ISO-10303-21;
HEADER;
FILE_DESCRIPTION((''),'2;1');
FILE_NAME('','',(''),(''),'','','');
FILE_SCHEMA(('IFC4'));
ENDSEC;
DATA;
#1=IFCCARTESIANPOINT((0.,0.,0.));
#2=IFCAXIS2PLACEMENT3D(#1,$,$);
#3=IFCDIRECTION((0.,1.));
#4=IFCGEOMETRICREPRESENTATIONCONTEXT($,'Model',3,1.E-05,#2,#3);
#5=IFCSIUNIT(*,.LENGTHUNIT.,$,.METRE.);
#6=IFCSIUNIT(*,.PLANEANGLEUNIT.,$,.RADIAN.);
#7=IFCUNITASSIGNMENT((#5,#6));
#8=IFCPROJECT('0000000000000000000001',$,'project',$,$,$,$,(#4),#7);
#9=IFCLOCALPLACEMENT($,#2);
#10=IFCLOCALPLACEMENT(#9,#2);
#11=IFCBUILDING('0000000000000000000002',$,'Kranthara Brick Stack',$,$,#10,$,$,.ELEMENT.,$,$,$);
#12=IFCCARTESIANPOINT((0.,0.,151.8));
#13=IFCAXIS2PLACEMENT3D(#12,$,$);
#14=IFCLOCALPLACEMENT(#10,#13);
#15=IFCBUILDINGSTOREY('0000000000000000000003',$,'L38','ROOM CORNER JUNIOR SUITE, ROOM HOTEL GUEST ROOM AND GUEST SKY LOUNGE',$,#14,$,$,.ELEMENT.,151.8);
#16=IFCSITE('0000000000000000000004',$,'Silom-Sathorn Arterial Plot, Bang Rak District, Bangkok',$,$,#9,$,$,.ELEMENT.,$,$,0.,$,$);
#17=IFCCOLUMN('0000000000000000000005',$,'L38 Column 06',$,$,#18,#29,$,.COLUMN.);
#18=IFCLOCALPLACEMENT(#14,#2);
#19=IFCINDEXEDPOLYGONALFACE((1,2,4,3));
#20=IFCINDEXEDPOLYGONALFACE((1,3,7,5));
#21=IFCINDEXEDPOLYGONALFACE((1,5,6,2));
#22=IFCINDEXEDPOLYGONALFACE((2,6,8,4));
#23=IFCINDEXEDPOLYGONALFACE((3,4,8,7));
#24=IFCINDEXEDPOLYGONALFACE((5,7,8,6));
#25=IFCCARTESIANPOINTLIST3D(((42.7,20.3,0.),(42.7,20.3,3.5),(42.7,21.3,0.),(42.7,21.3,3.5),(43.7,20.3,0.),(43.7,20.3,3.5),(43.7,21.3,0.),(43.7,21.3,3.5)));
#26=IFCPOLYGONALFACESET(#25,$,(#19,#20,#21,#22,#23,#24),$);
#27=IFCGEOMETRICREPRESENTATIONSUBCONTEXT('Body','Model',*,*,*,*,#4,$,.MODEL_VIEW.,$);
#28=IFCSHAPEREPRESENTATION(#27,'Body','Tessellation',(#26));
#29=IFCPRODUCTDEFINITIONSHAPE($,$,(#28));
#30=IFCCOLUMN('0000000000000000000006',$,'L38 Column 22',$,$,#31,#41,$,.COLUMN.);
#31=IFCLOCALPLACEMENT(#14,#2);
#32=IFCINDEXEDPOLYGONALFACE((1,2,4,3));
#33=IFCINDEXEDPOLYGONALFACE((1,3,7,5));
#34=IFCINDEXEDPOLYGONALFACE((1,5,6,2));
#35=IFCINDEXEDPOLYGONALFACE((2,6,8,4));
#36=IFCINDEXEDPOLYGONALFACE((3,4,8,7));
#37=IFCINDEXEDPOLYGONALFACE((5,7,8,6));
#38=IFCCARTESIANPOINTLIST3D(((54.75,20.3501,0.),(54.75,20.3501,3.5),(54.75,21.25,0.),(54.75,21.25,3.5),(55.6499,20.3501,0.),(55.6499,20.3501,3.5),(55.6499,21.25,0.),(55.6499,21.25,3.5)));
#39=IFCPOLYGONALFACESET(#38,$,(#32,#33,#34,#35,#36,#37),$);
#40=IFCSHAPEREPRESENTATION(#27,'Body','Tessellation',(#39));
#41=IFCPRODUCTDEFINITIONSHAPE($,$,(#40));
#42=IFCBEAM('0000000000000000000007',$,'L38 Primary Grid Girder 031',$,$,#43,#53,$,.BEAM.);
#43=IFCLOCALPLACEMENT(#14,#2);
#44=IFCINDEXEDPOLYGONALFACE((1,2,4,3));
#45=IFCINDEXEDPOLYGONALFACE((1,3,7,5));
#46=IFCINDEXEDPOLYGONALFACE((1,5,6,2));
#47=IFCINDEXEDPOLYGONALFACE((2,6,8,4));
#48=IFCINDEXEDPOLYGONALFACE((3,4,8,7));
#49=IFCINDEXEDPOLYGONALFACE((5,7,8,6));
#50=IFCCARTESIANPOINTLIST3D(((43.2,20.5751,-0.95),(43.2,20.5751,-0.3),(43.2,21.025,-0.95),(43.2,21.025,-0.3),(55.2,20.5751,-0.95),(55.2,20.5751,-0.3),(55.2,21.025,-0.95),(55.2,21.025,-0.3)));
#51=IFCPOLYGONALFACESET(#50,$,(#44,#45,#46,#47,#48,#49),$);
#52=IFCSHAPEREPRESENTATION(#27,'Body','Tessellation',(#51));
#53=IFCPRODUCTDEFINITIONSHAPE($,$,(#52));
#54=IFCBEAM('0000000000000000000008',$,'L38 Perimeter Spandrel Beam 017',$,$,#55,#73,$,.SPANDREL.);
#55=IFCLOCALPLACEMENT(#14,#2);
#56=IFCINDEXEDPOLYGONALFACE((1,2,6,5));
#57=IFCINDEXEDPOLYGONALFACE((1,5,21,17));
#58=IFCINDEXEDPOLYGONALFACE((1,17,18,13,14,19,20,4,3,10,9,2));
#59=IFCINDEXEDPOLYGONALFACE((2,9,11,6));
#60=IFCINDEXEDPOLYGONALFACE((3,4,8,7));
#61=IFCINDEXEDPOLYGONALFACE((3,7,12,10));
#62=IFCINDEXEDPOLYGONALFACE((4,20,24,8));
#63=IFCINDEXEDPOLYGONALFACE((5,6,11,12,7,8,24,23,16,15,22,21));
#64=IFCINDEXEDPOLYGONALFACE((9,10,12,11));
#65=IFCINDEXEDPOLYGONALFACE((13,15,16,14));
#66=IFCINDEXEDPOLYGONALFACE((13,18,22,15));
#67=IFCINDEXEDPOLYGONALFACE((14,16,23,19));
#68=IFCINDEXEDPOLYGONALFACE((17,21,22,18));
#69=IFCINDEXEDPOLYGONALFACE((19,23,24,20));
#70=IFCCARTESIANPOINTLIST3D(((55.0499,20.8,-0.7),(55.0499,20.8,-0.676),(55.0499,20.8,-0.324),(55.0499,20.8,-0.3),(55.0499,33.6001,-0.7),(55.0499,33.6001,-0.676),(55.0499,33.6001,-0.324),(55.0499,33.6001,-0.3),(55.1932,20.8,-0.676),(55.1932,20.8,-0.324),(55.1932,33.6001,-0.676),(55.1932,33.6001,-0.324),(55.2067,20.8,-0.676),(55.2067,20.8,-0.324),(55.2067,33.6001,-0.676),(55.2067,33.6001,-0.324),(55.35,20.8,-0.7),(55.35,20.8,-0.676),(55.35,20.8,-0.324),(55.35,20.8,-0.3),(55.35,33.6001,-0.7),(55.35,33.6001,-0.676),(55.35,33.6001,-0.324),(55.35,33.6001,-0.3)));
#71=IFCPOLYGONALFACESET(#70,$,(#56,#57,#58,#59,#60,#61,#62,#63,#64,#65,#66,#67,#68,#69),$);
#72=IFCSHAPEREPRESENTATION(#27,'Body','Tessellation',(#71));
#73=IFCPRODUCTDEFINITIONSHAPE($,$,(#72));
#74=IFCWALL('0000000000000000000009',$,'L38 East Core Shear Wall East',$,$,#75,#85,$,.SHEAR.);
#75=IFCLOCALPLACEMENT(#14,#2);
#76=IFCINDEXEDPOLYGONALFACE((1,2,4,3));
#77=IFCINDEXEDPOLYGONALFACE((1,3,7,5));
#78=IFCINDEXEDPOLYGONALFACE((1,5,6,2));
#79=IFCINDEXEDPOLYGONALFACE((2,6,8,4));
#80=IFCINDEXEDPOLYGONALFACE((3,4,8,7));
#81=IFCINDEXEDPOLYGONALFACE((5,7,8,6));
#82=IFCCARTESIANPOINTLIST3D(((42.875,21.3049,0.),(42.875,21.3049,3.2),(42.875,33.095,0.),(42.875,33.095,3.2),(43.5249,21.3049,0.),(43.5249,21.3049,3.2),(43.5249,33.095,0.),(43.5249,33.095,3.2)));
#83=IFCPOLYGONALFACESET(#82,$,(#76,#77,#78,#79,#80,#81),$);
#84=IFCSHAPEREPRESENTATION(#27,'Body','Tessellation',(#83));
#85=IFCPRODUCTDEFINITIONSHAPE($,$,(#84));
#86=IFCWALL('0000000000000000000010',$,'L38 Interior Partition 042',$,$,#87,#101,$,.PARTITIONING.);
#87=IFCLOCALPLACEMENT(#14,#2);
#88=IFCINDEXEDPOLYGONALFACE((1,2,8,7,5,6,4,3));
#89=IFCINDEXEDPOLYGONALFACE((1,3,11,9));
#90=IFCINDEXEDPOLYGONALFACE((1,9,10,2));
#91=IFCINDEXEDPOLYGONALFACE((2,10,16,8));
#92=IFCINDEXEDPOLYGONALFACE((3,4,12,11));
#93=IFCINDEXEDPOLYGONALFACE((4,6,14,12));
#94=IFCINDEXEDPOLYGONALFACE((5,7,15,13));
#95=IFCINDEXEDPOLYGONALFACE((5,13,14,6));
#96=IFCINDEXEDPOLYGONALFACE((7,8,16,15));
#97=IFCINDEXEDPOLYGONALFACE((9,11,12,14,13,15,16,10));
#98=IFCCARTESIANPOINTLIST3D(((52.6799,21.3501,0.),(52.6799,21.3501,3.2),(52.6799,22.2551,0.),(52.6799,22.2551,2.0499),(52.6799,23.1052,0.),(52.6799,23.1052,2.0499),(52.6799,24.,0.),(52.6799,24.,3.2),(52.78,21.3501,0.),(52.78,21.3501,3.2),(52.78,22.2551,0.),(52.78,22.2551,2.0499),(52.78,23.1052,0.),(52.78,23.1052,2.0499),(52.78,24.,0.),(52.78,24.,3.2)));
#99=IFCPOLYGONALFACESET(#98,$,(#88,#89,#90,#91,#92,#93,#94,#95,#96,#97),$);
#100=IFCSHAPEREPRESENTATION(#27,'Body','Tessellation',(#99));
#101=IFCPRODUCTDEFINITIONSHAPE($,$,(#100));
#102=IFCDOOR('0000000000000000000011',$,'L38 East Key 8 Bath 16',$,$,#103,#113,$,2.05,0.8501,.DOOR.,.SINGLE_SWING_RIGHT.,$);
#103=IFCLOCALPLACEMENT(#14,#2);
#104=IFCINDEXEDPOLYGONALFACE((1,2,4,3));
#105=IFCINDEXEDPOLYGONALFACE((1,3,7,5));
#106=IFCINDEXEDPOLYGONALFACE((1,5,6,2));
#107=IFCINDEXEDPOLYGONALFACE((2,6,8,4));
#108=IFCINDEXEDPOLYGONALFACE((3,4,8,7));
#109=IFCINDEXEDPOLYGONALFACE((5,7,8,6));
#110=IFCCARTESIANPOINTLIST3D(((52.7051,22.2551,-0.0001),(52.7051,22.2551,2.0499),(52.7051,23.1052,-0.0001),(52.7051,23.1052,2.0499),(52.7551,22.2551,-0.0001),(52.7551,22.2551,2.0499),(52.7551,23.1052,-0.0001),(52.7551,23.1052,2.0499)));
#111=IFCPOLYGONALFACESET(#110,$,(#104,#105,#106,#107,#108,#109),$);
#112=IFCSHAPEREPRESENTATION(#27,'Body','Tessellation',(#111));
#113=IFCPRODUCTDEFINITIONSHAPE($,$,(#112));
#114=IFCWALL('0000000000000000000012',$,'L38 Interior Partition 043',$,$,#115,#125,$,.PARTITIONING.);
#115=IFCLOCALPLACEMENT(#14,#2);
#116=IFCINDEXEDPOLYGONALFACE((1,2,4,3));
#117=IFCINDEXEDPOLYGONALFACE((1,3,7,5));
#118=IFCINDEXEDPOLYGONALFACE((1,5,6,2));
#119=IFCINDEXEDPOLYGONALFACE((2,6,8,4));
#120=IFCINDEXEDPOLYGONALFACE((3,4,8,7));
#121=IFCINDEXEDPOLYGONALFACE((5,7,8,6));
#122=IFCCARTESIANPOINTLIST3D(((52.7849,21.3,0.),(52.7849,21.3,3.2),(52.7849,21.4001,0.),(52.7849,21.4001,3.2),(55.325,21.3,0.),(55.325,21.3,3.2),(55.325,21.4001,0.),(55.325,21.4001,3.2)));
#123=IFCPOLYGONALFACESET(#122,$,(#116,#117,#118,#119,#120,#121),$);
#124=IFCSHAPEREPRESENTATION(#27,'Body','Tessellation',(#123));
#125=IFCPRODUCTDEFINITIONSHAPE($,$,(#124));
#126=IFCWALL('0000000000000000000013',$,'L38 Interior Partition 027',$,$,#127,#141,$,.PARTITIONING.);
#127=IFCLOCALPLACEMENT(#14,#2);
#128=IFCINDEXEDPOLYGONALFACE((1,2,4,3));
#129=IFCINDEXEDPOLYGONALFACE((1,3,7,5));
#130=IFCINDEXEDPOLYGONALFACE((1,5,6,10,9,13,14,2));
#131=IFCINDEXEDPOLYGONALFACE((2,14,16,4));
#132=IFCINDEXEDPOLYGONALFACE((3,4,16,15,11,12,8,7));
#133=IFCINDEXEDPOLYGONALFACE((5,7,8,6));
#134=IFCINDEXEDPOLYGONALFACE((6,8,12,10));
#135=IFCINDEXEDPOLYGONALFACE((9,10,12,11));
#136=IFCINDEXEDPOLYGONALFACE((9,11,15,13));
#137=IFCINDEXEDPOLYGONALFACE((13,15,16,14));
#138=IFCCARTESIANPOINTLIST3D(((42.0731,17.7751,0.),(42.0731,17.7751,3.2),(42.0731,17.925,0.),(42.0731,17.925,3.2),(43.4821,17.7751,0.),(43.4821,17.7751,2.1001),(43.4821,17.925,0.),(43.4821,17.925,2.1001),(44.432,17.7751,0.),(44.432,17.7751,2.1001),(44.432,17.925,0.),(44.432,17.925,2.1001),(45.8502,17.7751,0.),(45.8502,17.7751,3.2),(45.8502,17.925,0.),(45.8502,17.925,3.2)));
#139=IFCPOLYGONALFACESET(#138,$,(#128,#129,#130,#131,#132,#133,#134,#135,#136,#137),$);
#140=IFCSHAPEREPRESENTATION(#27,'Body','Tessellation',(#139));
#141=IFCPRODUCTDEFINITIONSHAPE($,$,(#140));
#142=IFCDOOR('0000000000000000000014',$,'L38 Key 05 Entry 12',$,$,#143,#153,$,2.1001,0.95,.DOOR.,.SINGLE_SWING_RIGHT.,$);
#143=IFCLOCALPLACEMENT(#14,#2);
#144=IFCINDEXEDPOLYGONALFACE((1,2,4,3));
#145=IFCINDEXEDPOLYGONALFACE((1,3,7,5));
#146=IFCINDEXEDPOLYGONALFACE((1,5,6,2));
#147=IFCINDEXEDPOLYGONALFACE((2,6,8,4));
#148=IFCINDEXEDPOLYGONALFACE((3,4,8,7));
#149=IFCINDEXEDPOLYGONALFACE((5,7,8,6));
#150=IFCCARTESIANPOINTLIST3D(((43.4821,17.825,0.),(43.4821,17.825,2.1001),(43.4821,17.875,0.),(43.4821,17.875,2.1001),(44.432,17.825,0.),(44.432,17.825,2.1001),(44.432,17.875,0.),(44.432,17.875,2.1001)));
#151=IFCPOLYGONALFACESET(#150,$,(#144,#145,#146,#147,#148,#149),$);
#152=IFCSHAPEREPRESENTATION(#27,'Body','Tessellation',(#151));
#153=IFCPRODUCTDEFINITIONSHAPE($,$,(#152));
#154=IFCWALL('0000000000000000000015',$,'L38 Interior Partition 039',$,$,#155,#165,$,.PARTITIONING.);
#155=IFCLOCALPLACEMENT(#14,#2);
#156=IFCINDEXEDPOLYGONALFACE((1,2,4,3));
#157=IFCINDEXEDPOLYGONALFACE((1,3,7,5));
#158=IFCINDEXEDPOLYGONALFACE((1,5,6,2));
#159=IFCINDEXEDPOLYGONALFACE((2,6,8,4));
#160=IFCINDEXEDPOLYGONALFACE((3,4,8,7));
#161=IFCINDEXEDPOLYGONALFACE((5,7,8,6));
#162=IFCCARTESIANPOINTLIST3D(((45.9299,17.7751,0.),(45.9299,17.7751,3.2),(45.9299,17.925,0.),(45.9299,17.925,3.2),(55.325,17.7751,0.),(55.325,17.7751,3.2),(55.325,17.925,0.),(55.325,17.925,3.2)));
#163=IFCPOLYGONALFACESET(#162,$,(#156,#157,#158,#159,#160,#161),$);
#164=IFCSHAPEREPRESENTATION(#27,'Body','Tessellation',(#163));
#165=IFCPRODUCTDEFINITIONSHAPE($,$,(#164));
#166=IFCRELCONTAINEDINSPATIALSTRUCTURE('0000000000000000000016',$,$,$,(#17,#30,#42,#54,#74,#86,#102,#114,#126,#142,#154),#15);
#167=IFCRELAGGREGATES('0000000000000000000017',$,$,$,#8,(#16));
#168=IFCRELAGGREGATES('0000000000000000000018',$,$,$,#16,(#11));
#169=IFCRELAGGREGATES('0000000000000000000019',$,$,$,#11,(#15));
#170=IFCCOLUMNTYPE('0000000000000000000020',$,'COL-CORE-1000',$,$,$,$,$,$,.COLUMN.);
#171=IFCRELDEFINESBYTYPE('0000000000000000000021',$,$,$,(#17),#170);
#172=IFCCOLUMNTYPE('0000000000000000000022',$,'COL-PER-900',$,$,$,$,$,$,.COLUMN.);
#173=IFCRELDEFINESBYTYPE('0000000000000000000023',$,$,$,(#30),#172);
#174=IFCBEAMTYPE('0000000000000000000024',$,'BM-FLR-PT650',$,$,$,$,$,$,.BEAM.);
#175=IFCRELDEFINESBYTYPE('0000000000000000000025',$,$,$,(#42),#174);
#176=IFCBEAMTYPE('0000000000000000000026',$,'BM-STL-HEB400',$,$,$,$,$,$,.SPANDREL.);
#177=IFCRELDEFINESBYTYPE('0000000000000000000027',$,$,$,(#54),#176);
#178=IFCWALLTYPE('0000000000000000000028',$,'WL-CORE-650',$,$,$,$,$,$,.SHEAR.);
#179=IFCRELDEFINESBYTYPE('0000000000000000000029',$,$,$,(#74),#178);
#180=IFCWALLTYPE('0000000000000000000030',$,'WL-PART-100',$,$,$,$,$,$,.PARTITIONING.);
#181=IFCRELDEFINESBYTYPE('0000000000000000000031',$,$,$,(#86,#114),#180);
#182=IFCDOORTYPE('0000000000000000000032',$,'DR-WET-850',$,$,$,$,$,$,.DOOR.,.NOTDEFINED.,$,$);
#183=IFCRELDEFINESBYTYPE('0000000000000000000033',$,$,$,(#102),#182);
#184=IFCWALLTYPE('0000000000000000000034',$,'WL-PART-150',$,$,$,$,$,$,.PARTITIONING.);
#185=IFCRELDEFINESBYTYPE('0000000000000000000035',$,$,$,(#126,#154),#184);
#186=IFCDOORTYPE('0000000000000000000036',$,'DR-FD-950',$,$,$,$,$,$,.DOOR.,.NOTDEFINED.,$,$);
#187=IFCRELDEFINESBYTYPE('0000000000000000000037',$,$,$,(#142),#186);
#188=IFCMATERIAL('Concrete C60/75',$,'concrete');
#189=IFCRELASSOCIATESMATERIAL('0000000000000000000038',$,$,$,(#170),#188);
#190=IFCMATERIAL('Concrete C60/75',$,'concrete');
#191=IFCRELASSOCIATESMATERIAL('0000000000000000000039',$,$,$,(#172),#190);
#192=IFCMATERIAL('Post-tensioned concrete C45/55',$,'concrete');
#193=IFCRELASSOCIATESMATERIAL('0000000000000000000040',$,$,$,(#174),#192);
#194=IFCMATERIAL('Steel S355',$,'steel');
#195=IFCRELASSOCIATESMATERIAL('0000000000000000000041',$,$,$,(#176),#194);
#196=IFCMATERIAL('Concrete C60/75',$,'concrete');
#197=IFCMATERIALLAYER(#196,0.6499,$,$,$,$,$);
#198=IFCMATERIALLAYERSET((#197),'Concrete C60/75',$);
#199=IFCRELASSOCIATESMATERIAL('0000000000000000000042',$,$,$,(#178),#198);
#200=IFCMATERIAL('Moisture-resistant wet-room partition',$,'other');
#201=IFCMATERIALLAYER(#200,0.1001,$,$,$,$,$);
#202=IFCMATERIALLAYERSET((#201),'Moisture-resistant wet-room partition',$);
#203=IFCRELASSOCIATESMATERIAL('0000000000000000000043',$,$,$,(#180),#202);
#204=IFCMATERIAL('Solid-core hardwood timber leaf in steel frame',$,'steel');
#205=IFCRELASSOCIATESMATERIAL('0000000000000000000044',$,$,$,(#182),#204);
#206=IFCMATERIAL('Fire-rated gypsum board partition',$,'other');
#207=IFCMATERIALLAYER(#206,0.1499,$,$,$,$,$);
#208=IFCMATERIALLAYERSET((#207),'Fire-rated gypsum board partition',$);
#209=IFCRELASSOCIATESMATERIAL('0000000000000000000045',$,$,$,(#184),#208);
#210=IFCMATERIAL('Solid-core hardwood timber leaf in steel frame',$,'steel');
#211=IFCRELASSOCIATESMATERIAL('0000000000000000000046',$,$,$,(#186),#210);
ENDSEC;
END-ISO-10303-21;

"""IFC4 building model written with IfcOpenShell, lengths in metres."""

from ifc_helpers import new_model, si_unit, direction, frame, frame_2d, origin, origin_2d, place, context, subcontext, project, spatial, rectangle, i_section, extrude, material, layer, layer_set, material_profile, profile_set, type_object, element, fill, save


model = new_model("IFC4")

# Units and contexts
model_context = context("Model", 3, precision=1e-05, world=origin(), true_north=direction((0.0, 1.0)))
body_context = subcontext(model_context, "Body", "Model", "MODEL_VIEW")
ifc_project = project(units=[si_unit("LENGTHUNIT", "METRE"), si_unit("PLANEANGLEUNIT", "RADIAN")], contexts=[model_context])

# Site, building, storey
site_placement = place(None, origin())
site = spatial("IfcSite", under=ifc_project, at=site_placement, Name="Silom-Sathorn Arterial Plot, Bang Rak District, Bangkok", CompositionType="ELEMENT", RefElevation=0.0)
building_placement = place(site_placement, origin())
building = spatial("IfcBuilding", under=site, at=building_placement, Name="Kranthara Brick Stack", CompositionType="ELEMENT")
storey_placement = place(building_placement, frame((0.0, 0.0, 151.8)))
storey = spatial("IfcBuildingStorey", under=building, at=storey_placement, Name="L38", Description="ROOM CORNER JUNIOR SUITE, ROOM HOTEL GUEST ROOM AND GUEST SKY LOUNGE", CompositionType="ELEMENT", Elevation=151.8)

# Columns
ifc_material_1 = material(Name="Concrete C60/75", Category="concrete")
ifc_material_profile_1 = material_profile(ifc_material_1, rectangle(XDim=1.0, YDim=1.0, at=origin_2d()), Name="RC 1000x1000")
ifc_profile_set_1 = profile_set([ifc_material_profile_1], Name="Concrete C60/75")
column_type_1 = type_object("IfcColumnType", Name="COL-CORE-1000", PredefinedType="COLUMN", material=ifc_profile_set_1)
column_1_placement = place(storey_placement, frame((43.2, 20.8, 0.0), z_axis=(0.0, 0.0, 1.0), x_axis=(1.0, 0.0, 0.0)))
element("IfcColumn", 1, at=column_1_placement, inside=storey, type_object=column_type_1, Name="L38 Column 06", PredefinedType="COLUMN", context=body_context, shape_type="SweptSolid", body=[
    extrude(rectangle(XDim=1.0, YDim=1.0, at=origin_2d()), origin(), (0.0, 0.0, 1.0), 3.5),
])
ifc_material_2 = material(Name="Concrete C60/75", Category="concrete")
ifc_material_profile_2 = material_profile(ifc_material_2, rectangle(XDim=0.8999, YDim=0.8999, at=origin_2d()), Name="RC 900x900")
ifc_profile_set_2 = profile_set([ifc_material_profile_2], Name="Concrete C60/75")
column_type_2 = type_object("IfcColumnType", Name="COL-PER-900", PredefinedType="COLUMN", material=ifc_profile_set_2)
column_2_placement = place(storey_placement, frame((55.2, 20.8, 0.0), z_axis=(0.0, 0.0, 1.0), x_axis=(1.0, 0.0, 0.0)))
element("IfcColumn", 2, at=column_2_placement, inside=storey, type_object=column_type_2, Name="L38 Column 22", PredefinedType="COLUMN", context=body_context, shape_type="SweptSolid", body=[
    extrude(rectangle(XDim=0.8999, YDim=0.8999, at=origin_2d()), origin(), (0.0, 0.0, 1.0), 3.5),
])

# Beams
ifc_material_3 = material(Name="Post-tensioned concrete C45/55", Category="concrete")
ifc_material_profile_3 = material_profile(ifc_material_3, rectangle(XDim=0.45, YDim=0.6499, at=origin_2d()), Name="PT 450x650")
ifc_profile_set_3 = profile_set([ifc_material_profile_3], Name="Post-tensioned concrete C45/55")
beam_type_1 = type_object("IfcBeamType", Name="BM-FLR-PT650", PredefinedType="BEAM", material=ifc_profile_set_3)
beam_1_placement = place(storey_placement, frame((43.2, 20.8, -0.625), z_axis=(1.0, 0.0, 0.0), x_axis=(0.0, 1.0, 0.0)))
element("IfcBeam", 3, at=beam_1_placement, inside=storey, type_object=beam_type_1, Name="L38 Primary Grid Girder 031", PredefinedType="BEAM", context=body_context, shape_type="SweptSolid", body=[
    extrude(rectangle(XDim=0.45, YDim=0.6499, at=origin_2d()), origin(), (0.0, 0.0, 1.0), 12.0),
])
ifc_material_4 = material(Name="Steel S355", Category="steel")
ifc_material_profile_4 = material_profile(ifc_material_4, i_section(OverallWidth=0.3, OverallDepth=0.3999, WebThickness=0.0134, FlangeThickness=0.0239, at=origin_2d()), Name="HEB 400")
ifc_profile_set_4 = profile_set([ifc_material_profile_4], Name="Steel S355")
beam_type_2 = type_object("IfcBeamType", Name="BM-STL-HEB400", PredefinedType="SPANDREL", material=ifc_profile_set_4)
beam_2_placement = place(storey_placement, frame((55.2, 20.8, -0.5), z_axis=(0.0, 1.0, 0.0), x_axis=(-1.0, 0.0, 0.0)))
element("IfcBeam", 4, at=beam_2_placement, inside=storey, type_object=beam_type_2, Name="L38 Perimeter Spandrel Beam 017", PredefinedType="SPANDREL", context=body_context, shape_type="SweptSolid", body=[
    extrude(i_section(OverallWidth=0.3, OverallDepth=0.3999, WebThickness=0.0134, FlangeThickness=0.0239, at=origin_2d()), origin(), (0.0, 0.0, 1.0), 12.8),
])

# Wall
ifc_material_5 = material(Name="Concrete C60/75", Category="concrete")
ifc_layer_1 = layer(ifc_material_5, 0.6499)
ifc_layer_set_1 = layer_set([ifc_layer_1], Name="Concrete C60/75")
wall_type_1 = type_object("IfcWallType", Name="WL-CORE-650", PredefinedType="SHEAR", material=ifc_layer_set_1)
wall_1_placement = place(storey_placement, frame((43.2, 21.3049, 0.0), z_axis=(0.0, 0.0, 1.0), x_axis=(0.0, 1.0, 0.0)))
element("IfcWall", 5, at=wall_1_placement, inside=storey, type_object=wall_type_1, Name="L38 East Core Shear Wall East", PredefinedType="SHEAR", context=body_context, shape_type="SweptSolid", body=[
    extrude(rectangle(XDim=11.79, YDim=0.6499, at=frame_2d((5.895, 0.0))), origin(), (0.0, 0.0, 1.0), 3.2),
])

# Wall, opening, door
ifc_material_6 = material(Name="Moisture-resistant wet-room partition", Category="other")
ifc_layer_2 = layer(ifc_material_6, 0.1001)
ifc_layer_set_2 = layer_set([ifc_layer_2], Name="Moisture-resistant wet-room partition")
wall_type_2 = type_object("IfcWallType", Name="WL-PART-100", PredefinedType="PARTITIONING", material=ifc_layer_set_2)
wall_2_placement = place(storey_placement, frame((52.73, 21.3501, 0.0), z_axis=(0.0, 0.0, 1.0), x_axis=(0.0, 1.0, 0.0)))
wall_2 = element("IfcWall", 6, at=wall_2_placement, inside=storey, type_object=wall_type_2, Name="L38 Interior Partition 042", PredefinedType="PARTITIONING", context=body_context, shape_type="SweptSolid", body=[
    extrude(rectangle(XDim=2.6499, YDim=0.1001, at=frame_2d((1.325, 0.0))), origin(), (0.0, 0.0, 1.0), 3.2),
])
opening_1_placement = place(wall_2_placement, frame((0.905, 0.0, 0.0)))
opening_1 = element("IfcOpeningElement", 7, at=opening_1_placement, cuts=wall_2, PredefinedType="OPENING", context=body_context, shape_type="SweptSolid", body=[
    extrude(rectangle(XDim=0.8501, YDim=2.05, at=frame_2d((0.425, 1.0249))), frame((0.0, 0.0601, 0.0), z_axis=(0.0, -1.0, 0.0), x_axis=(1.0, 0.0, 0.0)), (0.0, 0.0, 1.0), 0.1201),
])
ifc_material_7 = material(Name="Solid-core hardwood timber leaf in steel frame", Category="steel")
door_type_1 = type_object("IfcDoorType", Name="DR-WET-850", OperationType="NOTDEFINED", PredefinedType="DOOR", material=ifc_material_7)
door_1_placement = place(opening_1_placement, origin())
door_1 = element("IfcDoor", 8, at=door_1_placement, inside=storey, type_object=door_type_1, Name="L38 East Key 8 Bath 16", OperationType="SINGLE_SWING_RIGHT", OverallHeight=2.05, OverallWidth=0.8501, PredefinedType="DOOR", context=body_context, shape_type="SweptSolid", body=[
    extrude(rectangle(XDim=0.8501, YDim=2.05, at=frame_2d((0.425, 1.0249))), frame((0.0, 0.0249, 0.0), z_axis=(0.0, -1.0, 0.0), x_axis=(1.0, 0.0, 0.0)), (0.0, 0.0, 1.0), 0.05),
])
fill(opening_1, door_1)

# Wall
wall_3_placement = place(storey_placement, frame((52.7849, 21.3501, 0.0), z_axis=(0.0, 0.0, 1.0), x_axis=(1.0, 0.0, 0.0)))
element("IfcWall", 9, at=wall_3_placement, inside=storey, type_object=wall_type_2, Name="L38 Interior Partition 043", PredefinedType="PARTITIONING", context=body_context, shape_type="SweptSolid", body=[
    extrude(rectangle(XDim=2.54, YDim=0.1001, at=frame_2d((1.27, 0.0))), origin(), (0.0, 0.0, 1.0), 3.2),
])
ifc_material_8 = material(Name="Fire-rated gypsum board partition", Category="other")
ifc_layer_3 = layer(ifc_material_8, 0.1499)
ifc_layer_set_3 = layer_set([ifc_layer_3], Name="Fire-rated gypsum board partition")
wall_type_3 = type_object("IfcWallType", Name="WL-PART-150", PredefinedType="PARTITIONING", material=ifc_layer_set_3)

# Wall, opening, door
wall_4_placement = place(storey_placement, frame((42.073, 17.8501, 0.0), z_axis=(0.0, 0.0, 1.0), x_axis=(1.0, 0.0, 0.0)))
wall_4 = element("IfcWall", 10, at=wall_4_placement, inside=storey, type_object=wall_type_3, Name="L38 Interior Partition 027", PredefinedType="PARTITIONING", context=body_context, shape_type="SweptSolid", body=[
    extrude(rectangle(XDim=3.7771, YDim=0.1499, at=frame_2d((1.8887, 0.0))), origin(), (0.0, 0.0, 1.0), 3.2),
])
opening_2_placement = place(wall_4_placement, frame((1.4089, 0.0, 0.0)))
opening_2 = element("IfcOpeningElement", 11, at=opening_2_placement, cuts=wall_4, PredefinedType="OPENING", context=body_context, shape_type="SweptSolid", body=[
    extrude(rectangle(XDim=0.95, YDim=2.1001, at=frame_2d((0.4751, 1.05))), frame((0.0, 0.085, 0.0), z_axis=(0.0, -1.0, 0.0), x_axis=(1.0, 0.0, 0.0)), (0.0, 0.0, 1.0), 0.1699),
])
ifc_material_9 = material(Name="Solid-core hardwood timber leaf in steel frame", Category="steel")
door_type_2 = type_object("IfcDoorType", Name="DR-FD-950", OperationType="NOTDEFINED", PredefinedType="DOOR", material=ifc_material_9)
door_2_placement = place(opening_2_placement, origin())
door_2 = element("IfcDoor", 12, at=door_2_placement, inside=storey, type_object=door_type_2, Name="L38 Key 05 Entry 12", OperationType="SINGLE_SWING_RIGHT", OverallHeight=2.1001, OverallWidth=0.95, PredefinedType="DOOR", context=body_context, shape_type="SweptSolid", body=[
    extrude(rectangle(XDim=0.95, YDim=2.1001, at=frame_2d((0.4751, 1.05))), frame((0.0, 0.0249, 0.0), z_axis=(0.0, -1.0, 0.0), x_axis=(1.0, 0.0, 0.0)), (0.0, 0.0, 1.0), 0.05),
])
fill(opening_2, door_2)

# Wall
wall_5_placement = place(storey_placement, frame((45.9299, 17.8501, 0.0), z_axis=(0.0, 0.0, 1.0), x_axis=(1.0, 0.0, 0.0)))
element("IfcWall", 13, at=wall_5_placement, inside=storey, type_object=wall_type_3, Name="L38 Interior Partition 039", PredefinedType="PARTITIONING", context=body_context, shape_type="SweptSolid", body=[
    extrude(rectangle(XDim=9.395, YDim=0.1499, at=frame_2d((4.6975, 0.0))), origin(), (0.0, 0.0, 1.0), 3.2),
])

save(model, "model.ifc")
